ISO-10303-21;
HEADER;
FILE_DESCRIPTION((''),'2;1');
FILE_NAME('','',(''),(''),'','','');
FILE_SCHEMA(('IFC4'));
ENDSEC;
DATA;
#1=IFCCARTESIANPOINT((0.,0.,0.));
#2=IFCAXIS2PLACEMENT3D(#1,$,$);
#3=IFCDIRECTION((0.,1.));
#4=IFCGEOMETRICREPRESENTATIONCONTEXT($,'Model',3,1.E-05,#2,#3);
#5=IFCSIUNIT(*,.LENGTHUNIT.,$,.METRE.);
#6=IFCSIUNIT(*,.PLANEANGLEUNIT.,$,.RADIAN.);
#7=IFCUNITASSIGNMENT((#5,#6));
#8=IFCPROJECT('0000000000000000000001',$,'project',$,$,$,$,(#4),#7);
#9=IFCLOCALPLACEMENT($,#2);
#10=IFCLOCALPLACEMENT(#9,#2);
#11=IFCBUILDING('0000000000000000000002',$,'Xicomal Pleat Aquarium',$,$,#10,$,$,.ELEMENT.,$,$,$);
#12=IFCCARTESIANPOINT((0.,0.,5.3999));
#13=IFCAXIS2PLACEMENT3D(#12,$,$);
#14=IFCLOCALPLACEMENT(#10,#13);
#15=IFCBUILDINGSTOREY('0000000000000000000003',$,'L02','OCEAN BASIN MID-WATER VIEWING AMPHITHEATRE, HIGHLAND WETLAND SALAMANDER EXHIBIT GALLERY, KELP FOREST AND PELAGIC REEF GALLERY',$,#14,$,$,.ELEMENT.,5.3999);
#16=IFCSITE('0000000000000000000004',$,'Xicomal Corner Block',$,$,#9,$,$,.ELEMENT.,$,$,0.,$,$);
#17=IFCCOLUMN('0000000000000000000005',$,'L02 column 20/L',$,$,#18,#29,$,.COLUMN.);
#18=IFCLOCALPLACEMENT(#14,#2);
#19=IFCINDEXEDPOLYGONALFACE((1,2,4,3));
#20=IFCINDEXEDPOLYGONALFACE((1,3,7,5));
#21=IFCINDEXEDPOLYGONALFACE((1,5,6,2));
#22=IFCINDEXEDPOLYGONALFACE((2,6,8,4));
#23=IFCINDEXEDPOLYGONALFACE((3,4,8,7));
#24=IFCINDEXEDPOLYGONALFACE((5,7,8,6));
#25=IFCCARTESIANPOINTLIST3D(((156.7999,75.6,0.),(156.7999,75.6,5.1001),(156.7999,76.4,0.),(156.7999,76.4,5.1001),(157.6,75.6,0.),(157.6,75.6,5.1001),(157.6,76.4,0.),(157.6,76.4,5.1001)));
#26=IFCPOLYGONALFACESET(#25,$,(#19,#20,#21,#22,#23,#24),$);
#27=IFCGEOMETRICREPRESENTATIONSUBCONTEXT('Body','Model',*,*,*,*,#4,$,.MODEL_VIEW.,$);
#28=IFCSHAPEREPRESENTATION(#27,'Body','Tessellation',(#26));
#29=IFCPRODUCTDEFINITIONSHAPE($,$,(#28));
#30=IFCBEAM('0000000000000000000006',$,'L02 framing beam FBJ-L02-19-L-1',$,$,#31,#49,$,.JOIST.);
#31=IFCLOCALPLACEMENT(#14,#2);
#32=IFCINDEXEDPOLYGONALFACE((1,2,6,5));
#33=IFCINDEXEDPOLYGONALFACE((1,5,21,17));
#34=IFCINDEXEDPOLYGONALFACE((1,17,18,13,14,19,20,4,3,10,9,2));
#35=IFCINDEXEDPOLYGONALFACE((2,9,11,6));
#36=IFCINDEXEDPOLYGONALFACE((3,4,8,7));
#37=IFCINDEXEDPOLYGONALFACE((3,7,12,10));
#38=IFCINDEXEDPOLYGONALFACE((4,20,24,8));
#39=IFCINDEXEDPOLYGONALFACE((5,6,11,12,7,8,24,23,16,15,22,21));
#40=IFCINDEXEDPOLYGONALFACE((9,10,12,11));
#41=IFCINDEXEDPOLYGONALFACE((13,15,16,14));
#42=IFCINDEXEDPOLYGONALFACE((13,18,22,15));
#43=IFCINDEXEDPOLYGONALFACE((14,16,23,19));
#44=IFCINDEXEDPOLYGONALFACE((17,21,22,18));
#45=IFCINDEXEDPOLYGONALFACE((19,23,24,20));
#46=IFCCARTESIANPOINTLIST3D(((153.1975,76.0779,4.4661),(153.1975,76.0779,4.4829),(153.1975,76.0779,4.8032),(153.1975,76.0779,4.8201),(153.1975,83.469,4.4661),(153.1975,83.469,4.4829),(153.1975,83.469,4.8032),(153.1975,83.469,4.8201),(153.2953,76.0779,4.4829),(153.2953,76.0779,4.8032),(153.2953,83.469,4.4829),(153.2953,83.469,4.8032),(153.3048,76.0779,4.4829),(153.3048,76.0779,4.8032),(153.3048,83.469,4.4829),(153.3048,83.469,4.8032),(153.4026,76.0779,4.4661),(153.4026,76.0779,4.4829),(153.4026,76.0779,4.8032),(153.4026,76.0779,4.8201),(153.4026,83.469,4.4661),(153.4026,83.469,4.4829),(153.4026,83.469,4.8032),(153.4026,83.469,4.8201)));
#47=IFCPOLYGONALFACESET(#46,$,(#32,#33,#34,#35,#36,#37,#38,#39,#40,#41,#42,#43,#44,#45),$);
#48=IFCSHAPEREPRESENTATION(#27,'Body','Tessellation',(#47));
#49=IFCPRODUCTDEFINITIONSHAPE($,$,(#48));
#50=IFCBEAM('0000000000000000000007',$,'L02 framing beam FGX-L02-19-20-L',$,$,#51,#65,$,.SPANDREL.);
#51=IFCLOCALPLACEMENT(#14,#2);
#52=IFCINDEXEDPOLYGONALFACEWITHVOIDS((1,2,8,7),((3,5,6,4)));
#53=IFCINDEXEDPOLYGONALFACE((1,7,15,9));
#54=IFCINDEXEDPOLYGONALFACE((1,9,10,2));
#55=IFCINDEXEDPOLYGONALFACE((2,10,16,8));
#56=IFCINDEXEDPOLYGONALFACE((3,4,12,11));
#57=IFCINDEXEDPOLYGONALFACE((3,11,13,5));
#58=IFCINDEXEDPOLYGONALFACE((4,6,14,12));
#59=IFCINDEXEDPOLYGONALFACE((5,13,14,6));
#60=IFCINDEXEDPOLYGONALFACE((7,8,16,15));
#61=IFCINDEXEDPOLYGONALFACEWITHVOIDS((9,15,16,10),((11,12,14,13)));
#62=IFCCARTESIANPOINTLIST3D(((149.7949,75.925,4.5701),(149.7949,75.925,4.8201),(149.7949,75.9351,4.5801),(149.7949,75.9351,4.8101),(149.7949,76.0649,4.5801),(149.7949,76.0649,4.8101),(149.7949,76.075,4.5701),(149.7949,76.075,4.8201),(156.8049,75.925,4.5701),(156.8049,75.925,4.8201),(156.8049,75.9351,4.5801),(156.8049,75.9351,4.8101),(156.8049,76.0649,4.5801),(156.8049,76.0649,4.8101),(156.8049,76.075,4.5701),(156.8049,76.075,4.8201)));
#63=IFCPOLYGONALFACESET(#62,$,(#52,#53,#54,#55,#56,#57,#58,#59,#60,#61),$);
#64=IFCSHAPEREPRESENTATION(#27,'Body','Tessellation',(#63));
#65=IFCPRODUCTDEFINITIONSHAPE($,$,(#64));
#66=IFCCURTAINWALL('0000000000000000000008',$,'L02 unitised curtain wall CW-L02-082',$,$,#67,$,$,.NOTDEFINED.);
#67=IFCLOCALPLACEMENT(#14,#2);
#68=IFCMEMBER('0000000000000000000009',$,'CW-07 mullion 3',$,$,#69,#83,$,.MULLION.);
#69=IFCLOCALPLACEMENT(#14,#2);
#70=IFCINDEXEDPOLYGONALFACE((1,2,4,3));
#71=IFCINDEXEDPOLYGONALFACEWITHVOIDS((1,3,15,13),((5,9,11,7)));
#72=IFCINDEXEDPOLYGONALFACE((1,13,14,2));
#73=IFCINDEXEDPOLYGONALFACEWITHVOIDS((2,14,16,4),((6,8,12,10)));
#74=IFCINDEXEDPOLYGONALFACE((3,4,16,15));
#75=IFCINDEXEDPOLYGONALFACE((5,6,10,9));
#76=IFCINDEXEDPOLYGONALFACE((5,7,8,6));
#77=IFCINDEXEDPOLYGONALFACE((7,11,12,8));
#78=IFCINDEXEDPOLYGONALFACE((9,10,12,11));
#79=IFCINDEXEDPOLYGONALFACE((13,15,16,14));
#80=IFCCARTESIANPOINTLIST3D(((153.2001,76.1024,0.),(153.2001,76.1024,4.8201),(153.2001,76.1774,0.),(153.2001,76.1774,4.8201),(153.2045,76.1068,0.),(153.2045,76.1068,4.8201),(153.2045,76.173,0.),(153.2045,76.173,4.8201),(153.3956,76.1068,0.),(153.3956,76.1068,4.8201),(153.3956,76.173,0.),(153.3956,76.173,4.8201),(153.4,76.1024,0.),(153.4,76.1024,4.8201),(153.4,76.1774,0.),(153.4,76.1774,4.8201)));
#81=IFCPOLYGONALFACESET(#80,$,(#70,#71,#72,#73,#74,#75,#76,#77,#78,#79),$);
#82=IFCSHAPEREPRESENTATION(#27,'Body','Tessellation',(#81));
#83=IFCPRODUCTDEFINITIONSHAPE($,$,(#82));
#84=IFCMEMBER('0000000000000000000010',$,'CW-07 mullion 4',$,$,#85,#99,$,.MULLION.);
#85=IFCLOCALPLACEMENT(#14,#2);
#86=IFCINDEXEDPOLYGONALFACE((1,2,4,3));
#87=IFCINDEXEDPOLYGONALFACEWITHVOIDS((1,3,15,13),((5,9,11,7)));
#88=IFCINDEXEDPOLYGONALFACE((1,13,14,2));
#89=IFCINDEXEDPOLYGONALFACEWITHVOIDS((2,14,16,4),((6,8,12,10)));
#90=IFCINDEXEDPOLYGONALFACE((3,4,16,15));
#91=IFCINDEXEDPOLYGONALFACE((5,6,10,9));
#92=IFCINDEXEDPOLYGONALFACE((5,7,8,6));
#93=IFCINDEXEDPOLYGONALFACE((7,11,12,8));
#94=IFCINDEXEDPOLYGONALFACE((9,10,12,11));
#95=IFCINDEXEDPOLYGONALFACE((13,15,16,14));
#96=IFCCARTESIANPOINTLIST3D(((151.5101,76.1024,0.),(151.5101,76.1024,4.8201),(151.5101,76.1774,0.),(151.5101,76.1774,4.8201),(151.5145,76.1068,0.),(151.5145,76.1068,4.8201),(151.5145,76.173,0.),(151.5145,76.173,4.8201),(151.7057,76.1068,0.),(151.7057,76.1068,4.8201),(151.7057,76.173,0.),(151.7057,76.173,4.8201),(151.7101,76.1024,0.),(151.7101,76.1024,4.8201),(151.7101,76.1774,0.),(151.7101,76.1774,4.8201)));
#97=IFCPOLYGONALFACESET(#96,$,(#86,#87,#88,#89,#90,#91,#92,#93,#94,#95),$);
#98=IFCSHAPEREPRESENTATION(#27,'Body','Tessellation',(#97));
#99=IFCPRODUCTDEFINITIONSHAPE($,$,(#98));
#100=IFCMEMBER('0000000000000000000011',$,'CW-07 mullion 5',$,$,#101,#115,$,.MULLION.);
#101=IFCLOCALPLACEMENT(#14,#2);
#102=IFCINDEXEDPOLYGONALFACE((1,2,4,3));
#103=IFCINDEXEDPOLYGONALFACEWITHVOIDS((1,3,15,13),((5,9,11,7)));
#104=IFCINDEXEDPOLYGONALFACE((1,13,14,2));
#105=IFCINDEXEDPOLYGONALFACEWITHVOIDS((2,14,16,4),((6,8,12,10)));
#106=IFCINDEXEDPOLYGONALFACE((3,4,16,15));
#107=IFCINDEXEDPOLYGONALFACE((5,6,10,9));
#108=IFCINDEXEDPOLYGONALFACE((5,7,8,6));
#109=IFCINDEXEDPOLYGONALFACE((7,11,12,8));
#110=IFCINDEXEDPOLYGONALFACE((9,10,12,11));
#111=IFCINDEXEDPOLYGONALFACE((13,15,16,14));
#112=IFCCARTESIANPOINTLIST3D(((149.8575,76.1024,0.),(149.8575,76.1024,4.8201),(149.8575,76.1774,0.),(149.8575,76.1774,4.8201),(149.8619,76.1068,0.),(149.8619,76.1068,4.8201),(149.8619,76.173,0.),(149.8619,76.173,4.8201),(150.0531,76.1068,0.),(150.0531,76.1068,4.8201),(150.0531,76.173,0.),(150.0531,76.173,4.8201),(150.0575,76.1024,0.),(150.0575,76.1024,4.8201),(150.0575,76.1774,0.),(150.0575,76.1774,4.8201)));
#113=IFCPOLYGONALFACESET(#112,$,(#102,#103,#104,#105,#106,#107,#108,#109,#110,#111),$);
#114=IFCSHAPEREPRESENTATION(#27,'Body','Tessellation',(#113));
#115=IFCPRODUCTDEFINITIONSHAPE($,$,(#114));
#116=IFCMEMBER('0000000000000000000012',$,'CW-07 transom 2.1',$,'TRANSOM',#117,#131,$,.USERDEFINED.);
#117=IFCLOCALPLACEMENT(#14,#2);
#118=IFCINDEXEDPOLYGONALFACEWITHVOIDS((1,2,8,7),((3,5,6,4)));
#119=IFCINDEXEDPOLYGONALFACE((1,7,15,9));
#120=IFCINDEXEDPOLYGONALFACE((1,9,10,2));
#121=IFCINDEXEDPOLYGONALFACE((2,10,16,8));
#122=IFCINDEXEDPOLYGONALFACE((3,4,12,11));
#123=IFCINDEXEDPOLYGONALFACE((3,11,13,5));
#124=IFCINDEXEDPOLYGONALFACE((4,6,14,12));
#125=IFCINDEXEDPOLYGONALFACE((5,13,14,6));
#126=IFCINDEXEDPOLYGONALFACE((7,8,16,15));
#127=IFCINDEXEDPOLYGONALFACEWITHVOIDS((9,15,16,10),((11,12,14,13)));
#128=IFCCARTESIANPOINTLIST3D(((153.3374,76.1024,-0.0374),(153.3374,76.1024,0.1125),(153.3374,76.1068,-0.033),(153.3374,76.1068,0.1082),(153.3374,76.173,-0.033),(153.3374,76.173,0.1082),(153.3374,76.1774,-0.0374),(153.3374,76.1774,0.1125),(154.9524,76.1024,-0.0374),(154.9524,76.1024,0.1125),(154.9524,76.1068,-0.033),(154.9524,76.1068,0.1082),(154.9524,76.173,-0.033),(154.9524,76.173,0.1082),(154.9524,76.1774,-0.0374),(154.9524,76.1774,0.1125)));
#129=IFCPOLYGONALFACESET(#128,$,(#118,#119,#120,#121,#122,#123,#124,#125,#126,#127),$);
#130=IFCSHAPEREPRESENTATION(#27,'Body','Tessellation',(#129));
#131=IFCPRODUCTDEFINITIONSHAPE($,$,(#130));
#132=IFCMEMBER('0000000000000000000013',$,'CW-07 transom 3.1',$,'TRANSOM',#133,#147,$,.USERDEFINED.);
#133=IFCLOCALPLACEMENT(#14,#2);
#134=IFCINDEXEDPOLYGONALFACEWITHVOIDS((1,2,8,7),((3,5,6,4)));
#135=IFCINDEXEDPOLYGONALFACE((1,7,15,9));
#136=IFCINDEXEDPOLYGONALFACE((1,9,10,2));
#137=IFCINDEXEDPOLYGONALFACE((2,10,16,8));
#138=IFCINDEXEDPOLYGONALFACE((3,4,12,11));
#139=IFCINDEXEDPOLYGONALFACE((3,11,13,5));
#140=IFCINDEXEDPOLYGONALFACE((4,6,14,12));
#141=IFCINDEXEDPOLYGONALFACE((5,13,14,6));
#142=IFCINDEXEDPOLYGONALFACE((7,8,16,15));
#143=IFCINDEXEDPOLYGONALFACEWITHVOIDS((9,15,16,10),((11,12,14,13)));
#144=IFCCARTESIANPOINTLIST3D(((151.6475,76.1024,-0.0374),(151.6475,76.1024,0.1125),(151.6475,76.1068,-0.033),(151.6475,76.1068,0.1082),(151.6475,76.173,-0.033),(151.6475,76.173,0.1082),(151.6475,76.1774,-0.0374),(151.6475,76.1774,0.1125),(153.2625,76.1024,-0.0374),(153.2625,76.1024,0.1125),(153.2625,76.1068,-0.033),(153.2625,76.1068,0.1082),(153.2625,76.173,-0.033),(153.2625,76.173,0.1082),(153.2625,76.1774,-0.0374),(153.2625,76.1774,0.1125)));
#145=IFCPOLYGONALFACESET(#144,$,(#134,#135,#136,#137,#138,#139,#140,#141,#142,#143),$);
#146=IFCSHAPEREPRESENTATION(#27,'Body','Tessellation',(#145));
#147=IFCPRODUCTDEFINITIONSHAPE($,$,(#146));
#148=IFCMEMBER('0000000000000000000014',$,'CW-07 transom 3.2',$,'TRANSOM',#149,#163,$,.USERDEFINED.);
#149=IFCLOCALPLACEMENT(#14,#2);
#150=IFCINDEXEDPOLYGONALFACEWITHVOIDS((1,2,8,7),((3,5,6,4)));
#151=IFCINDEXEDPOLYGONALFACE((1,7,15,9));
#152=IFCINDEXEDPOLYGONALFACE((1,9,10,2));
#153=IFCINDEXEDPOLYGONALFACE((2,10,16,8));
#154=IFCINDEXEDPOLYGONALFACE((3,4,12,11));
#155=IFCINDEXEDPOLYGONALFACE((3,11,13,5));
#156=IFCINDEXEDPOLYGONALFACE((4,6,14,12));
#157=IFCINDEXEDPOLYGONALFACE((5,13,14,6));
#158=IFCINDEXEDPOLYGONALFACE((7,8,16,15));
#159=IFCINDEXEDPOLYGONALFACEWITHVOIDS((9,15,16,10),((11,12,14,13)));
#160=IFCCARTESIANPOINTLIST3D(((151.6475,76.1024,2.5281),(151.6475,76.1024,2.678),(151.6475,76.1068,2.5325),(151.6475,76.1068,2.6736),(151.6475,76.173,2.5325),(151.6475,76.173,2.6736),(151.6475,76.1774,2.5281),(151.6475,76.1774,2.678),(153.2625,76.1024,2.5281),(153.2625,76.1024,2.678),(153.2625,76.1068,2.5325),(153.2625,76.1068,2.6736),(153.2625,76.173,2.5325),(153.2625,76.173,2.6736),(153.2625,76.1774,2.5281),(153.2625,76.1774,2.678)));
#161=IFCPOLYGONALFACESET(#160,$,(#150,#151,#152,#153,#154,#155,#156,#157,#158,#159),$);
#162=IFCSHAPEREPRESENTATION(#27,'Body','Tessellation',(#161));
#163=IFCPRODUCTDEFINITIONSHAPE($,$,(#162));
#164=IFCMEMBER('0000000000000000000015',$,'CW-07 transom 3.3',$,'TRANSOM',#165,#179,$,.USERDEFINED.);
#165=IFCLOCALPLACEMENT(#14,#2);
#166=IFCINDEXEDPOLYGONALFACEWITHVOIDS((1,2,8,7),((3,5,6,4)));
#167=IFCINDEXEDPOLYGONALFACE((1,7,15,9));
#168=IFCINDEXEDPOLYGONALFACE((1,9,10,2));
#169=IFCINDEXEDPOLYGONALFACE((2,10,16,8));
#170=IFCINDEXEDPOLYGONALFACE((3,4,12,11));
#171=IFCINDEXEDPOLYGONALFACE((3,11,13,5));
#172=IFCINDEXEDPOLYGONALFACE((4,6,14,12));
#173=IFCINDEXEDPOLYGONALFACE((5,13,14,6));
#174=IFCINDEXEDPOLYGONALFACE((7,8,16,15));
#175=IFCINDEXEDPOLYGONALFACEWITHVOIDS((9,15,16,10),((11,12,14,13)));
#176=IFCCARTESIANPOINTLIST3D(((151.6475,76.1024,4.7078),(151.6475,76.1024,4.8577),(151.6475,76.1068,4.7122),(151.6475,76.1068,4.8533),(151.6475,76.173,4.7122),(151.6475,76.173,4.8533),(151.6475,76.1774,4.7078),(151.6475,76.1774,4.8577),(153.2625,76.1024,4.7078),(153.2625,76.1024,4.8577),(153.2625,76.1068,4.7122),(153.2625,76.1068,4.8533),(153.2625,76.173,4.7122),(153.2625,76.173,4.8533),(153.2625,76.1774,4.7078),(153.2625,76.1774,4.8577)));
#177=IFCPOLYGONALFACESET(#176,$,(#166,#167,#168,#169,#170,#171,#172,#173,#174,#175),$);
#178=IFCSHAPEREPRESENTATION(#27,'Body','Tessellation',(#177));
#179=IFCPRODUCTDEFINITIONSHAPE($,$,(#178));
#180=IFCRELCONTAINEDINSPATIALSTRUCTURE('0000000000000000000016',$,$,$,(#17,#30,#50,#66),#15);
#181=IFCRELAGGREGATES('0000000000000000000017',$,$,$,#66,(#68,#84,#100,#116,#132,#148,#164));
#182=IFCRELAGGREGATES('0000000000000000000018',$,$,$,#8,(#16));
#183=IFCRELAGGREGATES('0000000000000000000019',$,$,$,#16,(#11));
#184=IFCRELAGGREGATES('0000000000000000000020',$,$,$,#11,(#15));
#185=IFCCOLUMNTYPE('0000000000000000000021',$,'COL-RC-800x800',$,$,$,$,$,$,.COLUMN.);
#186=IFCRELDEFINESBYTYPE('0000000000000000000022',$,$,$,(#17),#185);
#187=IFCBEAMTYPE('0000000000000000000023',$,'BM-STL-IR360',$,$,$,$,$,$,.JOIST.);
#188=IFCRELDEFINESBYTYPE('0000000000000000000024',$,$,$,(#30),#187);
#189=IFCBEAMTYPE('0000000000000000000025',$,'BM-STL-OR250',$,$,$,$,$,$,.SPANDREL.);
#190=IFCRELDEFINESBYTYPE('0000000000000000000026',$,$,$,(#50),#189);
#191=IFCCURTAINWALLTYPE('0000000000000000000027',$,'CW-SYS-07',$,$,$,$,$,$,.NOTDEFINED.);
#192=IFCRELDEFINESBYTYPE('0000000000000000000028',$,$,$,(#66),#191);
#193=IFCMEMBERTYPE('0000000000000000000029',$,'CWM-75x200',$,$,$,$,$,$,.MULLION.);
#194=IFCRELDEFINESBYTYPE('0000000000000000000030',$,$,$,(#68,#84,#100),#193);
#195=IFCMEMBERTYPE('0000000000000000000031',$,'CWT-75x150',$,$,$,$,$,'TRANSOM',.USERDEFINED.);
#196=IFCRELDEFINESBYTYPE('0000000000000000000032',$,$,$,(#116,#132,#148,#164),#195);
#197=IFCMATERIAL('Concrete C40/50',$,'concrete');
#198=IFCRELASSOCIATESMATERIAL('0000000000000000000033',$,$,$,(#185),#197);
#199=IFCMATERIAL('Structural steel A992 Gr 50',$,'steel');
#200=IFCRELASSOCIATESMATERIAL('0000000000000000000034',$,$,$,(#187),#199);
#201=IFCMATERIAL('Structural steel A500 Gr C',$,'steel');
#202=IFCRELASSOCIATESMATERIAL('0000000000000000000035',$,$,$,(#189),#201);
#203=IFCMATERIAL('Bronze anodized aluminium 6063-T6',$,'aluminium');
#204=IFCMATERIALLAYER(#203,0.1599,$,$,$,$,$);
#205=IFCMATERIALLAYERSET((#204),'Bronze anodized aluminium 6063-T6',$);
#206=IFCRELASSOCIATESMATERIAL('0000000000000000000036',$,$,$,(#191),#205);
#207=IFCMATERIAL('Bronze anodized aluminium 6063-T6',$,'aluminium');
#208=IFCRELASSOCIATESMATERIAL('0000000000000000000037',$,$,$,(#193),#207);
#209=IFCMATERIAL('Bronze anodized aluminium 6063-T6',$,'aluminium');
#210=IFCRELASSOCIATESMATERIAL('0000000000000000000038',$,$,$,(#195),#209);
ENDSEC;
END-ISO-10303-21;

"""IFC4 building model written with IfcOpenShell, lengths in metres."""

from ifc_helpers import new_model, si_unit, direction, frame, origin, origin_2d, place, context, subcontext, project, spatial, rectangle, hollow_rectangle, i_section, extrude, material, layer, layer_set, material_profile, profile_set, type_object, element, aggregate, save


model = new_model("IFC4")

# Units and contexts
model_context = context("Model", 3, precision=1e-05, world=origin(), true_north=direction((0.0, 1.0)))
body_context = subcontext(model_context, "Body", "Model", "MODEL_VIEW")
ifc_project = project(units=[si_unit("LENGTHUNIT", "METRE"), si_unit("PLANEANGLEUNIT", "RADIAN")], contexts=[model_context])

# Site, building, storey
site_placement = place(None, origin())
site = spatial("IfcSite", under=ifc_project, at=site_placement, Name="Xicomal Corner Block", CompositionType="ELEMENT", RefElevation=0.0)
building_placement = place(site_placement, origin())
building = spatial("IfcBuilding", under=site, at=building_placement, Name="Xicomal Pleat Aquarium", CompositionType="ELEMENT")
storey_placement = place(building_placement, frame((0.0, 0.0, 5.3999)))
storey = spatial("IfcBuildingStorey", under=building, at=storey_placement, Name="L02", Description="OCEAN BASIN MID-WATER VIEWING AMPHITHEATRE, HIGHLAND WETLAND SALAMANDER EXHIBIT GALLERY, KELP FOREST AND PELAGIC REEF GALLERY", CompositionType="ELEMENT", Elevation=5.3999)

# Column
ifc_material_1 = material(Name="Concrete C40/50", Category="concrete")
ifc_material_profile_1 = material_profile(ifc_material_1, rectangle(XDim=0.8, YDim=0.8, at=origin_2d()), Name="RC 800x800")
ifc_profile_set_1 = profile_set([ifc_material_profile_1], Name="Concrete C40/50")
column_type = type_object("IfcColumnType", Name="COL-RC-800x800", PredefinedType="COLUMN", material=ifc_profile_set_1)
column_placement = place(storey_placement, frame((157.2, 76.0, 0.0), z_axis=(0.0, 0.0, 1.0), x_axis=(1.0, 0.0, 0.0)))
element("IfcColumn", 1, at=column_placement, inside=storey, type_object=column_type, Name="L02 column 20/L", PredefinedType="COLUMN", context=body_context, shape_type="SweptSolid", body=[
    extrude(rectangle(XDim=0.8, YDim=0.8, at=origin_2d()), origin(), (0.0, 0.0, 1.0), 5.1001),
])

# Beams
ifc_material_2 = material(Name="Structural steel A992 Gr 50", Category="steel")
ifc_material_profile_2 = material_profile(ifc_material_2, i_section(OverallWidth=0.2051, OverallDepth=0.354, WebThickness=0.0095, FlangeThickness=0.0168, at=origin_2d()), Name="IR 360x79")
ifc_profile_set_2 = profile_set([ifc_material_profile_2], Name="Structural steel A992 Gr 50")
beam_type_1 = type_object("IfcBeamType", Name="BM-STL-IR360", PredefinedType="JOIST", material=ifc_profile_set_2)
beam_1_placement = place(storey_placement, frame((153.3, 76.0779, 4.6431), z_axis=(0.0, 1.0, 0.0), x_axis=(-1.0, 0.0, 0.0)))
element("IfcBeam", 2, at=beam_1_placement, inside=storey, type_object=beam_type_1, Name="L02 framing beam FBJ-L02-19-L-1", PredefinedType="JOIST", context=body_context, shape_type="SweptSolid", body=[
    extrude(i_section(OverallWidth=0.2051, OverallDepth=0.354, WebThickness=0.0095, FlangeThickness=0.0168, at=origin_2d()), origin(), (0.0, 0.0, 1.0), 7.3911),
])
ifc_material_3 = material(Name="Structural steel A500 Gr C", Category="steel")
ifc_material_profile_3 = material_profile(ifc_material_3, hollow_rectangle(XDim=0.1499, YDim=0.25, WallThickness=0.01, at=origin_2d()), Name="OR 250x150x10")
ifc_profile_set_3 = profile_set([ifc_material_profile_3], Name="Structural steel A500 Gr C")
beam_type_2 = type_object("IfcBeamType", Name="BM-STL-OR250", PredefinedType="SPANDREL", material=ifc_profile_set_3)
beam_2_placement = place(storey_placement, frame((149.7949, 76.0, 4.6951), z_axis=(1.0, 0.0, 0.0), x_axis=(0.0, 1.0, 0.0)))
element("IfcBeam", 3, at=beam_2_placement, inside=storey, type_object=beam_type_2, Name="L02 framing beam FGX-L02-19-20-L", PredefinedType="SPANDREL", context=body_context, shape_type="SweptSolid", body=[
    extrude(hollow_rectangle(XDim=0.1499, YDim=0.25, WallThickness=0.01, at=origin_2d()), origin(), (0.0, 0.0, 1.0), 7.01),
])

# Curtain wall, members
ifc_material_4 = material(Name="Bronze anodized aluminium 6063-T6", Category="aluminium")
ifc_layer_1 = layer(ifc_material_4, 0.1599)
ifc_layer_set_1 = layer_set([ifc_layer_1], Name="Bronze anodized aluminium 6063-T6")
curtain_wall_type = type_object("IfcCurtainWallType", Name="CW-SYS-07", PredefinedType="NOTDEFINED", material=ifc_layer_set_1)
curtain_wall_placement = place(storey_placement, origin())
curtain_wall = element("IfcCurtainWall", 4, at=curtain_wall_placement, inside=storey, type_object=curtain_wall_type, Name="L02 unitised curtain wall CW-L02-082", PredefinedType="NOTDEFINED")
ifc_material_5 = material(Name="Bronze anodized aluminium 6063-T6", Category="aluminium")
ifc_material_profile_4 = material_profile(ifc_material_5, hollow_rectangle(XDim=0.075, YDim=0.2, WallThickness=0.0044, at=origin_2d()), Name="ALU MULL 75x200")
ifc_profile_set_4 = profile_set([ifc_material_profile_4], Name="Bronze anodized aluminium 6063-T6")
member_type_1 = type_object("IfcMemberType", Name="CWM-75x200", PredefinedType="MULLION", material=ifc_profile_set_4)
member_1_placement = place(storey_placement, frame((153.3, 76.1399, 0.0), z_axis=(0.0, 0.0, 1.0), x_axis=(0.0, -1.0, 0.0)))
member_1 = element("IfcMember", 5, at=member_1_placement, type_object=member_type_1, Name="CW-07 mullion 3", PredefinedType="MULLION", context=body_context, shape_type="SweptSolid", body=[
    extrude(hollow_rectangle(XDim=0.075, YDim=0.2, WallThickness=0.0044, at=origin_2d()), origin(), (0.0, 0.0, 1.0), 4.8201),
])
member_2_placement = place(storey_placement, frame((151.6101, 76.1399, 0.0), z_axis=(0.0, 0.0, 1.0), x_axis=(0.0, -1.0, 0.0)))
member_2 = element("IfcMember", 6, at=member_2_placement, type_object=member_type_1, Name="CW-07 mullion 4", PredefinedType="MULLION", context=body_context, shape_type="SweptSolid", body=[
    extrude(hollow_rectangle(XDim=0.075, YDim=0.2, WallThickness=0.0044, at=origin_2d()), origin(), (0.0, 0.0, 1.0), 4.8201),
])
member_3_placement = place(storey_placement, frame((149.9575, 76.1399, 0.0), z_axis=(0.0, 0.0, 1.0), x_axis=(0.0, -1.0, 0.0)))
member_3 = element("IfcMember", 7, at=member_3_placement, type_object=member_type_1, Name="CW-07 mullion 5", PredefinedType="MULLION", context=body_context, shape_type="SweptSolid", body=[
    extrude(hollow_rectangle(XDim=0.075, YDim=0.2, WallThickness=0.0044, at=origin_2d()), origin(), (0.0, 0.0, 1.0), 4.8201),
])
ifc_material_6 = material(Name="Bronze anodized aluminium 6063-T6", Category="aluminium")
ifc_material_profile_5 = material_profile(ifc_material_6, hollow_rectangle(XDim=0.075, YDim=0.1499, WallThickness=0.0044, at=origin_2d()), Name="ALU TRAN 75x150")
ifc_profile_set_5 = profile_set([ifc_material_profile_5], Name="Bronze anodized aluminium 6063-T6")
member_type_2 = type_object("IfcMemberType", Name="CWT-75x150", ElementType="TRANSOM", PredefinedType="USERDEFINED", material=ifc_profile_set_5)
member_4_placement = place(storey_placement, frame((154.9524, 76.1399, 0.0376), z_axis=(-1.0, 0.0, 0.0), x_axis=(0.0, -1.0, 0.0)))
member_4 = element("IfcMember", 8, at=member_4_placement, type_object=member_type_2, Name="CW-07 transom 2.1", ObjectType="TRANSOM", PredefinedType="USERDEFINED", context=body_context, shape_type="SweptSolid", body=[
    extrude(hollow_rectangle(XDim=0.075, YDim=0.1499, WallThickness=0.0044, at=origin_2d()), origin(), (0.0, 0.0, 1.0), 1.615),
])
member_5_placement = place(storey_placement, frame((153.2625, 76.1399, 0.0376), z_axis=(-1.0, 0.0, 0.0), x_axis=(0.0, -1.0, 0.0)))
member_5 = element("IfcMember", 9, at=member_5_placement, type_object=member_type_2, Name="CW-07 transom 3.1", ObjectType="TRANSOM", PredefinedType="USERDEFINED", context=body_context, shape_type="SweptSolid", body=[
    extrude(hollow_rectangle(XDim=0.075, YDim=0.1499, WallThickness=0.0044, at=origin_2d()), origin(), (0.0, 0.0, 1.0), 1.615),
])
member_6_placement = place(storey_placement, frame((153.2625, 76.1399, 2.603), z_axis=(-1.0, 0.0, 0.0), x_axis=(0.0, -1.0, 0.0)))
member_6 = element("IfcMember", 10, at=member_6_placement, type_object=member_type_2, Name="CW-07 transom 3.2", ObjectType="TRANSOM", PredefinedType="USERDEFINED", context=body_context, shape_type="SweptSolid", body=[
    extrude(hollow_rectangle(XDim=0.075, YDim=0.1499, WallThickness=0.0044, at=origin_2d()), origin(), (0.0, 0.0, 1.0), 1.615),
])
member_7_placement = place(storey_placement, frame((153.2625, 76.1399, 4.7827), z_axis=(-1.0, 0.0, 0.0), x_axis=(0.0, -1.0, 0.0)))
member_7 = element("IfcMember", 11, at=member_7_placement, type_object=member_type_2, Name="CW-07 transom 3.3", ObjectType="TRANSOM", PredefinedType="USERDEFINED", context=body_context, shape_type="SweptSolid", body=[
    extrude(hollow_rectangle(XDim=0.075, YDim=0.1499, WallThickness=0.0044, at=origin_2d()), origin(), (0.0, 0.0, 1.0), 1.615),
])
aggregate(curtain_wall, [member_1, member_2, member_3, member_4, member_5, member_6, member_7])

save(model, "model.ifc")
